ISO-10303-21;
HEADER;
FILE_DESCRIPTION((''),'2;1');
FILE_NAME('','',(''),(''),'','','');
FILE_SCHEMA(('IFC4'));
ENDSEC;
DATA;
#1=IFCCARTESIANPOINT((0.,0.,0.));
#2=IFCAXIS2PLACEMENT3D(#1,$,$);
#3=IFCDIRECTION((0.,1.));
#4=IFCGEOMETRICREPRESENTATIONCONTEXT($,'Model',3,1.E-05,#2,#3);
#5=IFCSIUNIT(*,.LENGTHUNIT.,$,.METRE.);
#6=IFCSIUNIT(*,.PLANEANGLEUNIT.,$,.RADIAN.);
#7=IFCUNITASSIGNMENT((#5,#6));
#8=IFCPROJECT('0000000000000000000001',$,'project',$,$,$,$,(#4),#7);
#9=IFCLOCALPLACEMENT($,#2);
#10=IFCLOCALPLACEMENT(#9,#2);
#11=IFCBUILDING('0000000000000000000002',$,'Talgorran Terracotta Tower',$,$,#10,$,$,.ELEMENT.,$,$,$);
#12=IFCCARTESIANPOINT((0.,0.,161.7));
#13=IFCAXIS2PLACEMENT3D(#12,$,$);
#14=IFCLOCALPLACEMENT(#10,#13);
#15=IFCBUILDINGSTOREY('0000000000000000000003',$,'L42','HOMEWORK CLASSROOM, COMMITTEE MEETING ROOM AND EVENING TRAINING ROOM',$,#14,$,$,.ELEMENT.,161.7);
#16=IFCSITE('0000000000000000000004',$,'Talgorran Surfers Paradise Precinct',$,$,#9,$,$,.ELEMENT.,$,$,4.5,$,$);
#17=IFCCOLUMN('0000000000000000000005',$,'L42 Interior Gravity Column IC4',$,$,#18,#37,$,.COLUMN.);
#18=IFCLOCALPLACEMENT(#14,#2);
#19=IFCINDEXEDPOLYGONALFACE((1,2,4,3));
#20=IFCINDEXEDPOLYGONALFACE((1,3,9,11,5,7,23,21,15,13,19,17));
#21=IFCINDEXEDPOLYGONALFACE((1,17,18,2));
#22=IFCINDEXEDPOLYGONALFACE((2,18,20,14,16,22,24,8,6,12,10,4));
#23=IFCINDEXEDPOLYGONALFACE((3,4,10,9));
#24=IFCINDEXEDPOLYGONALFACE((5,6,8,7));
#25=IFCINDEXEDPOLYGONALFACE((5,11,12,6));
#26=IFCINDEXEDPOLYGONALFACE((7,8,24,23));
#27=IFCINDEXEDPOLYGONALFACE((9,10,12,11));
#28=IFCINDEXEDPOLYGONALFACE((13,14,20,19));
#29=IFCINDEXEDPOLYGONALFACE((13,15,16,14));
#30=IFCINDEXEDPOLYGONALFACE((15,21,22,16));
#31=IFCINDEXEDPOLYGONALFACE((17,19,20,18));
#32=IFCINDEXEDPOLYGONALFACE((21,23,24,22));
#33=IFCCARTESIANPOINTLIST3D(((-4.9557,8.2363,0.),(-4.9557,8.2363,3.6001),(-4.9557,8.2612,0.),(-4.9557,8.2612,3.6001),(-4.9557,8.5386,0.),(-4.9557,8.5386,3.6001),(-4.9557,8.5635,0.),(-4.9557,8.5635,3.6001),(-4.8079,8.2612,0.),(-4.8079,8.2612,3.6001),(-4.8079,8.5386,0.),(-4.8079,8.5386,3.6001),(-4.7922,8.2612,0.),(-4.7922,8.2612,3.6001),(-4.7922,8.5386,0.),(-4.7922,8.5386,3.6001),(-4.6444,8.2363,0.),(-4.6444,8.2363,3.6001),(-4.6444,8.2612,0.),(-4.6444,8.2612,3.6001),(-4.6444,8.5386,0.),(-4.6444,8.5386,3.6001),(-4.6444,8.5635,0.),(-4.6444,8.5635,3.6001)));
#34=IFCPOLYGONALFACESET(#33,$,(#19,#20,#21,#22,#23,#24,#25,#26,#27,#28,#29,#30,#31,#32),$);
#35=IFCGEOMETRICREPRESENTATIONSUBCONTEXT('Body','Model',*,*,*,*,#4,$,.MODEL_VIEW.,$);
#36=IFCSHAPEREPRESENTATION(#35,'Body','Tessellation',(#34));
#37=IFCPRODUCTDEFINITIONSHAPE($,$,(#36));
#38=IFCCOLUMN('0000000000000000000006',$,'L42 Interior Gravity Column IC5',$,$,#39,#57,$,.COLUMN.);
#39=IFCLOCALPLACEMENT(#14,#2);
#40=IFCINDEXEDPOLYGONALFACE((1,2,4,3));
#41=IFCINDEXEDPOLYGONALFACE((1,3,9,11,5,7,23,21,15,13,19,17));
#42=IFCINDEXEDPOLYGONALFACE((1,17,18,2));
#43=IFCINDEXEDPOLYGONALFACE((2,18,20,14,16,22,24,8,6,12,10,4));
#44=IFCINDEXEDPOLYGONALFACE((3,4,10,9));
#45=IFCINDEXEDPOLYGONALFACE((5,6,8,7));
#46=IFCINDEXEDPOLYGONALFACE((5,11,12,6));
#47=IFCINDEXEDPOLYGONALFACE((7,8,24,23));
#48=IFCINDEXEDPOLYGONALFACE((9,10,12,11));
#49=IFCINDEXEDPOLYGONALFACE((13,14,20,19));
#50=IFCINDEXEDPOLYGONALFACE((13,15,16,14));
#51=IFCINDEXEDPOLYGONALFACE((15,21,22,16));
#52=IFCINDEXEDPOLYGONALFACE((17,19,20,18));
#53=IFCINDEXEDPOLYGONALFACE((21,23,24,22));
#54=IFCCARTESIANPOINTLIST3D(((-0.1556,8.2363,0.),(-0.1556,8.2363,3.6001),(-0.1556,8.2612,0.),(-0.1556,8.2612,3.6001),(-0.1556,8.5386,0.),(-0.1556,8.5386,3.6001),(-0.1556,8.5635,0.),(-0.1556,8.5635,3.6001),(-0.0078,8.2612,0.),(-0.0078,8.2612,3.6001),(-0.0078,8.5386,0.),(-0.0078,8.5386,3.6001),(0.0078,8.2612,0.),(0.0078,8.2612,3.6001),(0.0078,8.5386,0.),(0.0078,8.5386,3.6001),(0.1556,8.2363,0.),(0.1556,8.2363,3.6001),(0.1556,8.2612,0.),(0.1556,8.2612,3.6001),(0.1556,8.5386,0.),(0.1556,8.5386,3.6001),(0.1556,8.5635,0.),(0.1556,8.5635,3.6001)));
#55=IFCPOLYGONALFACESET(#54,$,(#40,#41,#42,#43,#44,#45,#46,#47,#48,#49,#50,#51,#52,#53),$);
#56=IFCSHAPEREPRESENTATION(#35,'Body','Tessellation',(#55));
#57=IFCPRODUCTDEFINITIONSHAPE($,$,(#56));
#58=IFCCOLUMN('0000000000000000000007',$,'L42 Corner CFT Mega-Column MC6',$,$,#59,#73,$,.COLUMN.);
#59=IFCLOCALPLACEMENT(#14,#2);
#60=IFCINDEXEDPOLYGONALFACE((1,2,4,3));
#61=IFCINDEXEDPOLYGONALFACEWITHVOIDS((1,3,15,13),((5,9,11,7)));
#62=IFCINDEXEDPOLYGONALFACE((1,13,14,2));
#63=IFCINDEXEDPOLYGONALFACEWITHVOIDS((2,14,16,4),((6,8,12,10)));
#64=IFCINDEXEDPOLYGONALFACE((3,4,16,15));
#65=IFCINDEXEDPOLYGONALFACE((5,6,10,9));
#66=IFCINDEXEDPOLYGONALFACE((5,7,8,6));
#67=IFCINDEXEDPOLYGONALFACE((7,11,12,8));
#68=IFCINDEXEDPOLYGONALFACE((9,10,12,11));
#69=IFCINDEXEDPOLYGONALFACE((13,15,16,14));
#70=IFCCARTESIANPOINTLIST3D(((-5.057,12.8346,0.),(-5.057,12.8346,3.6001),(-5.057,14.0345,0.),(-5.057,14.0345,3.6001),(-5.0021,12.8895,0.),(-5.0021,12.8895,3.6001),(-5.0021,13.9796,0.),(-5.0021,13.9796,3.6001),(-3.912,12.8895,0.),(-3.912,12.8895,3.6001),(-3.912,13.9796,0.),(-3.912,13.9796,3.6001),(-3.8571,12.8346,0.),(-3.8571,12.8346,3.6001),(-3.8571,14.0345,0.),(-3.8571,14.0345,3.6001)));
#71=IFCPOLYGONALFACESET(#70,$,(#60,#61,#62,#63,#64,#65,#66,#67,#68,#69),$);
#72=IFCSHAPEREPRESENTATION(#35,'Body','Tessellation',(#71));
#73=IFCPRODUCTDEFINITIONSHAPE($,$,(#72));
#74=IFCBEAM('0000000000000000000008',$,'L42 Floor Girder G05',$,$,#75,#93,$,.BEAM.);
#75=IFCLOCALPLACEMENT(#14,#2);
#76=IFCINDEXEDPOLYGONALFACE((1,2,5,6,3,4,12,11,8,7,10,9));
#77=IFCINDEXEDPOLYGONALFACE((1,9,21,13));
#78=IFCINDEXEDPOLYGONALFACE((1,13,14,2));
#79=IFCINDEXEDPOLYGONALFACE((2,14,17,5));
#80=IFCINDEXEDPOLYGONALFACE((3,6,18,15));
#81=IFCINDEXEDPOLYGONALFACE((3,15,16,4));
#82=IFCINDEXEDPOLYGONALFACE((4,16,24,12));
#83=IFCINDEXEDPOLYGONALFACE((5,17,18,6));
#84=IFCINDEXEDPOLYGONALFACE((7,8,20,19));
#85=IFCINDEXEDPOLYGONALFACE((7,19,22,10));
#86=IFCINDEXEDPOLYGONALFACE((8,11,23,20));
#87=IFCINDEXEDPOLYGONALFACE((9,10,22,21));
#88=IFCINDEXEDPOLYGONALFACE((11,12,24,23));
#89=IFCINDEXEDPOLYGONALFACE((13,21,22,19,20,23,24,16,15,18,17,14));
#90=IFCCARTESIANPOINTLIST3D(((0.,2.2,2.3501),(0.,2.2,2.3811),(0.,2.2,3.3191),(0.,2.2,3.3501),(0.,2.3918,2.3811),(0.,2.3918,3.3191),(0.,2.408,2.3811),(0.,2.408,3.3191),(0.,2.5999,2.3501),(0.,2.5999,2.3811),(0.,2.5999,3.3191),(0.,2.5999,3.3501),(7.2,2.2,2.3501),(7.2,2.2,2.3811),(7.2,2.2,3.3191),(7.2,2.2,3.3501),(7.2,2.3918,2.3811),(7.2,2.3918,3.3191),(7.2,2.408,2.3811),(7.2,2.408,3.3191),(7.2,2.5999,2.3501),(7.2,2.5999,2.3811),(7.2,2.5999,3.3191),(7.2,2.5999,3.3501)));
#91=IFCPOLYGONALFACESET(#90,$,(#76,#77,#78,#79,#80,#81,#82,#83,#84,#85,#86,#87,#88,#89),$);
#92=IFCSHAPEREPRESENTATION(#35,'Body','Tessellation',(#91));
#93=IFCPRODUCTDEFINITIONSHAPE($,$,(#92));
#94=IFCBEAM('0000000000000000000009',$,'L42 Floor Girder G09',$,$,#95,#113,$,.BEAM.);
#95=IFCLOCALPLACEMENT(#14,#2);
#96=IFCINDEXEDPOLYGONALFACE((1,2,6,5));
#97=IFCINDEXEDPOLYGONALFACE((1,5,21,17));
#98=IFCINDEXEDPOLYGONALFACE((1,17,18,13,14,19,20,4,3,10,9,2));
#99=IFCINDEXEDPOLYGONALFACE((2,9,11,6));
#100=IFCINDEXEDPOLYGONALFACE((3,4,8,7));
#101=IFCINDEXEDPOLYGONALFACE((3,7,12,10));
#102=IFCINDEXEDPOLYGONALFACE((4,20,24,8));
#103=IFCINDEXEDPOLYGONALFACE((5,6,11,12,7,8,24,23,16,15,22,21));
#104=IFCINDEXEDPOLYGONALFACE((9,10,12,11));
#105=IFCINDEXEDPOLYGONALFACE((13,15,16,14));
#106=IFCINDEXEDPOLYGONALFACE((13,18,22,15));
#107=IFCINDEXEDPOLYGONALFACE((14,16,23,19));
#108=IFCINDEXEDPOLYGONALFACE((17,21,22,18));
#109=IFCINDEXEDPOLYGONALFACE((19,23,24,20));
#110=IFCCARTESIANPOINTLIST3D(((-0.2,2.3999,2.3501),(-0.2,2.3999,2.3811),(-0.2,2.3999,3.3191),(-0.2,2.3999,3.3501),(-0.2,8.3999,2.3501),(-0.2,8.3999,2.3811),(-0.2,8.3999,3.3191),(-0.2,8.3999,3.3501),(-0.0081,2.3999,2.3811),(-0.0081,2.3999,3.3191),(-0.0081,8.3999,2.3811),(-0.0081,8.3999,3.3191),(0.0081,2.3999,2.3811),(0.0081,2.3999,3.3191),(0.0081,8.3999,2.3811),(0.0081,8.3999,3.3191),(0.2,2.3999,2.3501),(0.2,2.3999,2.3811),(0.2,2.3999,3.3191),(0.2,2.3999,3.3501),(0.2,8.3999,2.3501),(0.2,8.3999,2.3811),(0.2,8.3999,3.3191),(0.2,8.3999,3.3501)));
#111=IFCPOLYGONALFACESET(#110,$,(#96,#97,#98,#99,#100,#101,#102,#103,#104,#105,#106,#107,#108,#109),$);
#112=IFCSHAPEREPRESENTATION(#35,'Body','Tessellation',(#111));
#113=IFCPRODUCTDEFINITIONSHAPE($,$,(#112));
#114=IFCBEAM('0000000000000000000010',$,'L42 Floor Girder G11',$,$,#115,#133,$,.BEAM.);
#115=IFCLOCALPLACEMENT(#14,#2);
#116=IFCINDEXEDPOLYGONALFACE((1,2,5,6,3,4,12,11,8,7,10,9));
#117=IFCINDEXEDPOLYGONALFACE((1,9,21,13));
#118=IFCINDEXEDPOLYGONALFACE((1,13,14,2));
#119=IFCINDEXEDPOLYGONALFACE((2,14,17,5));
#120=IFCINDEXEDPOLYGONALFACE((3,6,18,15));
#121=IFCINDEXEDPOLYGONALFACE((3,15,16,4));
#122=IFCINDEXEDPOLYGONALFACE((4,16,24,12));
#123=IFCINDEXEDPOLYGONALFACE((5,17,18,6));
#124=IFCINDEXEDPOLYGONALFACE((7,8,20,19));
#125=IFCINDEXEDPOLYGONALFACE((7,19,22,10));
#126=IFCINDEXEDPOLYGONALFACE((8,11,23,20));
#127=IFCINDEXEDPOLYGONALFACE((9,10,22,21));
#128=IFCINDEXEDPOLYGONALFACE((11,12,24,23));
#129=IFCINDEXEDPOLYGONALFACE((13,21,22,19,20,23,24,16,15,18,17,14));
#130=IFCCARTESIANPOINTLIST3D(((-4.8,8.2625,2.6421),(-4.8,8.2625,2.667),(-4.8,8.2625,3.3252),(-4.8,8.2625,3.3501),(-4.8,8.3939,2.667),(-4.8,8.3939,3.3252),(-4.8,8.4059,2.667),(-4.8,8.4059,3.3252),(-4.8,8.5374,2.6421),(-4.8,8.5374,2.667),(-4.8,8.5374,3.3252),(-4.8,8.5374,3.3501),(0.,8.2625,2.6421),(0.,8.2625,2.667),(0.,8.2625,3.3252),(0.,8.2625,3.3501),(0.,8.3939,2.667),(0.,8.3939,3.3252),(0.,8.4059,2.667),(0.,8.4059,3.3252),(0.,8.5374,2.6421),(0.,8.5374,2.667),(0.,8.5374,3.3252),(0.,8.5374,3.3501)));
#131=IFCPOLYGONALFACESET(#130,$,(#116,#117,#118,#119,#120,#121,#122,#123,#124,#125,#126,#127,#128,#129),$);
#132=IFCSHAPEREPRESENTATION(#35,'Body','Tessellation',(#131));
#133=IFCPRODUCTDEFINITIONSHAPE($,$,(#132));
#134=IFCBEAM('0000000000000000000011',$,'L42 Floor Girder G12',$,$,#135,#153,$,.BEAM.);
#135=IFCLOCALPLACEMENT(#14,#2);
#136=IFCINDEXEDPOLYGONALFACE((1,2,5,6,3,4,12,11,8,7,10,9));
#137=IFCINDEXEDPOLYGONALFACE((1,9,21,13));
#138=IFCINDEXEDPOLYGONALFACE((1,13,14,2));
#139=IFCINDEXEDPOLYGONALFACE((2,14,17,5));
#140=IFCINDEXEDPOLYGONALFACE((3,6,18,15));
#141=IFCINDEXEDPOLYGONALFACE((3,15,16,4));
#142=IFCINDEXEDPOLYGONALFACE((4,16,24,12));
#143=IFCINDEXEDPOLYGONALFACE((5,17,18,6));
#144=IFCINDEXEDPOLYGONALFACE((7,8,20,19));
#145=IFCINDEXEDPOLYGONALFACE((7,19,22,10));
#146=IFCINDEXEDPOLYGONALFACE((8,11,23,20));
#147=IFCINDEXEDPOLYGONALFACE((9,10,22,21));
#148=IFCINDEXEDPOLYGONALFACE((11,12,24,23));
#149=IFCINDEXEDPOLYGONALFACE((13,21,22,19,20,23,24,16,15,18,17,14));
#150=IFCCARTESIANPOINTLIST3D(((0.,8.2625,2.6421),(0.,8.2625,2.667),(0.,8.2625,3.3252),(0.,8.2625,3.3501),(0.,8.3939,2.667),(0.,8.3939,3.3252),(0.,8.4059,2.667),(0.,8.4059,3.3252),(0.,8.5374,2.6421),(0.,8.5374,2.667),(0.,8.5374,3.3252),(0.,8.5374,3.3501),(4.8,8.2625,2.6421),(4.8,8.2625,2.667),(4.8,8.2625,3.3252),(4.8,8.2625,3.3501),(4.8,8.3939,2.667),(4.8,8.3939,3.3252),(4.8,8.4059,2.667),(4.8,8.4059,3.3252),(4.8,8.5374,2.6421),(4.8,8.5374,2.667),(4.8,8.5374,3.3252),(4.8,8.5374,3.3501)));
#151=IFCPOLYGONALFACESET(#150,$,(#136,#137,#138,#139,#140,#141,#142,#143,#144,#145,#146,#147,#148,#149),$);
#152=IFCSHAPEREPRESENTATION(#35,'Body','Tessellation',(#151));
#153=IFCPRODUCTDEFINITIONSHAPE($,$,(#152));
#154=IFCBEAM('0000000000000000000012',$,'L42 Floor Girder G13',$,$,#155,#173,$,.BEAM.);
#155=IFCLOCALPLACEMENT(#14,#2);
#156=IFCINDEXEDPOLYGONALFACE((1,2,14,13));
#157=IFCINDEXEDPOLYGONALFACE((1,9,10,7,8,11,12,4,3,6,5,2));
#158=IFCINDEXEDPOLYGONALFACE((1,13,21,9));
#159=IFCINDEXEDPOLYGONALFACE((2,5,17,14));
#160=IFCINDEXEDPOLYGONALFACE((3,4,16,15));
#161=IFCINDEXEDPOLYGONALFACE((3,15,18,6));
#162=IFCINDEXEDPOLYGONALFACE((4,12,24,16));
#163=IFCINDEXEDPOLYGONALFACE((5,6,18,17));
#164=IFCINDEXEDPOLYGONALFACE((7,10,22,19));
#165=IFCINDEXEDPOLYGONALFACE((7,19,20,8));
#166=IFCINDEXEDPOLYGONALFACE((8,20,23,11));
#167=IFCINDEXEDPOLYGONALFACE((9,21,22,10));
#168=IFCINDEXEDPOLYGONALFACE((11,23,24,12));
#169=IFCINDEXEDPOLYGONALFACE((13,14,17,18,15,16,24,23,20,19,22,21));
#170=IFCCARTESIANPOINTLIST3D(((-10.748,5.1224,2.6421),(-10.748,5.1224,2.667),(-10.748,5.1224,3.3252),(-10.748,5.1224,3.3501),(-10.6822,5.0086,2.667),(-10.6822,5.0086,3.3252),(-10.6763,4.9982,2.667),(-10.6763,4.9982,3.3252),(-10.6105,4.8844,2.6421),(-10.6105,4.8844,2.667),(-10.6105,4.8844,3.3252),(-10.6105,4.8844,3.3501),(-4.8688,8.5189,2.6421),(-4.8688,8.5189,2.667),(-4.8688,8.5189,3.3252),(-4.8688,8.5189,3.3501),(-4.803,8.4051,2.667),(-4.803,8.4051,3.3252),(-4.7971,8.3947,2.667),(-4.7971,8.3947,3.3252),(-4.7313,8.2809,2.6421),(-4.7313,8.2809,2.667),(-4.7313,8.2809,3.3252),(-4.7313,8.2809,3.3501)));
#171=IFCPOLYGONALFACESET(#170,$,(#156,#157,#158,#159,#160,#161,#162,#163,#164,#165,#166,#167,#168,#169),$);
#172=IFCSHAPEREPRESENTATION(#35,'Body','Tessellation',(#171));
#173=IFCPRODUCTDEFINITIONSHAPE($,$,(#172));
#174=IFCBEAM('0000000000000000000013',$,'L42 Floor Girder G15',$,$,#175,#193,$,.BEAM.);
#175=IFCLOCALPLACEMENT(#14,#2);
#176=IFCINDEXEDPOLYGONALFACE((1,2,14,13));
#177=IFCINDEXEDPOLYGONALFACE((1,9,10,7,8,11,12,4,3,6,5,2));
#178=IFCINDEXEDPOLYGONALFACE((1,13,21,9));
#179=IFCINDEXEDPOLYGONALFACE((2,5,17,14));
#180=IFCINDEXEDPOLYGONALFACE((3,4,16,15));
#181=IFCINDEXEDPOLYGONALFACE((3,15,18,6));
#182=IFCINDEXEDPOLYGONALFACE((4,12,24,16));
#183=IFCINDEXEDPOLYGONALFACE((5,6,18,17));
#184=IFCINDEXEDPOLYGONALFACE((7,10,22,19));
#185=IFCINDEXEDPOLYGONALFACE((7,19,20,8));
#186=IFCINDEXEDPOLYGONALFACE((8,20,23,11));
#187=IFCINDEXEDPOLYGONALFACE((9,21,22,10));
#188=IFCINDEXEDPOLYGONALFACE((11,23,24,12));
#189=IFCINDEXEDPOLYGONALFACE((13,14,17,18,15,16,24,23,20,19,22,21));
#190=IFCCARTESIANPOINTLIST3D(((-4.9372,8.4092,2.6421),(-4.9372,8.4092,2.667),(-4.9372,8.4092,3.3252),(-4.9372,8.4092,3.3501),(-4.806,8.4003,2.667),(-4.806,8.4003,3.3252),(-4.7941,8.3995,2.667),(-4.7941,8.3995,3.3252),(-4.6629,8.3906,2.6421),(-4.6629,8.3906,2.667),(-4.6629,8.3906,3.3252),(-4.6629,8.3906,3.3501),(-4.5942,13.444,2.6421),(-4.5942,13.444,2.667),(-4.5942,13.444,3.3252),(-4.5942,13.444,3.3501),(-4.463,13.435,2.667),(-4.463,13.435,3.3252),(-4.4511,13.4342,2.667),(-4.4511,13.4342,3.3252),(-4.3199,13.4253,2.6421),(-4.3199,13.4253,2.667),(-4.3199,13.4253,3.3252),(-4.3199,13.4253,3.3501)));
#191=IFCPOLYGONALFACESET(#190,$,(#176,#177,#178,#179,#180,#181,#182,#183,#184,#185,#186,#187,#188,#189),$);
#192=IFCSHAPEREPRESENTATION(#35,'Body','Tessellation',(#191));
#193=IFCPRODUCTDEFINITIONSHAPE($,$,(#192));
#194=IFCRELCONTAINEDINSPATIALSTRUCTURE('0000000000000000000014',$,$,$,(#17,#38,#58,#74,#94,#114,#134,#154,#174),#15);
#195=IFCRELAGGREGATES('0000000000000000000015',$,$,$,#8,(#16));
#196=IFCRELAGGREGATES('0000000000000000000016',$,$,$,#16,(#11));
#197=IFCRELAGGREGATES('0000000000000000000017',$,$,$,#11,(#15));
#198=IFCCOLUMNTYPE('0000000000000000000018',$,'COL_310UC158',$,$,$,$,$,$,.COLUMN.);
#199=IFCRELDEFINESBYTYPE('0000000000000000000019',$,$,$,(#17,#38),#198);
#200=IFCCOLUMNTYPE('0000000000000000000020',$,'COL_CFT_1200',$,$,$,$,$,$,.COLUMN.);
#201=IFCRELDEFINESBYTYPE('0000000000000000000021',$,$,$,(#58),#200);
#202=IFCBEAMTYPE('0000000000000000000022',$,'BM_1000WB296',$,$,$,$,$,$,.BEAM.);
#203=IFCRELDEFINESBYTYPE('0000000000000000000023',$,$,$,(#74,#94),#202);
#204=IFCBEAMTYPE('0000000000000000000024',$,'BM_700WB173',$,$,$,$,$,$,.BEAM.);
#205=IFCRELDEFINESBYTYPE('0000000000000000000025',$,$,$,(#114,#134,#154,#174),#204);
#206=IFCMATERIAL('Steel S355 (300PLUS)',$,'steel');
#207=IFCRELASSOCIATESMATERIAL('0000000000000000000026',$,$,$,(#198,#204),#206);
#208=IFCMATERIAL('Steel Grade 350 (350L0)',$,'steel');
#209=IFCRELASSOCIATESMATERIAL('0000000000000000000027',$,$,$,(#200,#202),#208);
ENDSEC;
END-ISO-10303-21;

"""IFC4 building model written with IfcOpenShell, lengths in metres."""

from ifc_helpers import new_model, si_unit, direction, frame, origin, origin_2d, place, context, subcontext, project, spatial, hollow_rectangle, i_section, extrude, material, material_profile, profile_set, type_object, element, save


model = new_model("IFC4")

# Units and contexts
model_context = context("Model", 3, precision=1e-05, world=origin(), true_north=direction((0.0, 1.0)))
body_context = subcontext(model_context, "Body", "Model", "MODEL_VIEW")
ifc_project = project(units=[si_unit("LENGTHUNIT", "METRE"), si_unit("PLANEANGLEUNIT", "RADIAN")], contexts=[model_context])

# Site, building, storey
site_placement = place(None, origin())
site = spatial("IfcSite", under=ifc_project, at=site_placement, Name="Talgorran Surfers Paradise Precinct", CompositionType="ELEMENT", RefElevation=4.5)
building_placement = place(site_placement, origin())
building = spatial("IfcBuilding", under=site, at=building_placement, Name="Talgorran Terracotta Tower", CompositionType="ELEMENT")
storey_placement = place(building_placement, frame((0.0, 0.0, 161.7)))
storey = spatial("IfcBuildingStorey", under=building, at=storey_placement, Name="L42", Description="HOMEWORK CLASSROOM, COMMITTEE MEETING ROOM AND EVENING TRAINING ROOM", CompositionType="ELEMENT", Elevation=161.7)

# Columns
ifc_material_1 = material(Name="Steel S355 (300PLUS)", Category="steel")
ifc_material_profile_1 = material_profile(ifc_material_1, i_section(OverallWidth=0.3113, OverallDepth=0.3271, WebThickness=0.0156, FlangeThickness=0.0249, at=origin_2d()), Name="310UC158")
ifc_profile_set_1 = profile_set([ifc_material_profile_1], Name="Steel S355 (300PLUS)")
column_type_1 = type_object("IfcColumnType", Name="COL_310UC158", PredefinedType="COLUMN", material=ifc_profile_set_1)
for number, where, z_axis, x_axis, name in (
    (1, (-4.8, 8.3999, 0.0), (0.0, 0.0, 1.0), (1.0, 0.0, 0.0), "L42 Interior Gravity Column IC4"),
    (2, (0.0, 8.3999, 0.0), (0.0, 0.0, 1.0), (1.0, 0.0, 0.0), "L42 Interior Gravity Column IC5"),
):
    element("IfcColumn", number, at=place(storey_placement, frame(where, z_axis=z_axis, x_axis=x_axis)), inside=storey, type_object=column_type_1, Name=name, PredefinedType="COLUMN", context=body_context, shape_type="SweptSolid", body=[
        extrude(i_section(OverallWidth=0.3113, OverallDepth=0.3271, WebThickness=0.0156, FlangeThickness=0.0249, at=origin_2d()), origin(), (0.0, 0.0, 1.0), 3.6001),
    ])
ifc_material_2 = material(Name="Steel Grade 350 (350L0)", Category="steel")
ifc_material_profile_2 = material_profile(ifc_material_2, hollow_rectangle(XDim=1.2, YDim=1.2, WallThickness=0.0549, at=origin_2d()), Name="CFT1200X1200X55")
ifc_profile_set_2 = profile_set([ifc_material_profile_2], Name="Steel Grade 350 (350L0)")
column_type_2 = type_object("IfcColumnType", Name="COL_CFT_1200", PredefinedType="COLUMN", material=ifc_profile_set_2)
column_placement = place(storey_placement, frame((-4.457, 13.4346, 0.0), z_axis=(0.0, 0.0, 1.0), x_axis=(1.0, 0.0, 0.0)))
element("IfcColumn", 3, at=column_placement, inside=storey, type_object=column_type_2, Name="L42 Corner CFT Mega-Column MC6", PredefinedType="COLUMN", context=body_context, shape_type="SweptSolid", body=[
    extrude(hollow_rectangle(XDim=1.2, YDim=1.2, WallThickness=0.0549, at=origin_2d()), origin(), (0.0, 0.0, 1.0), 3.6001),
])

# Beams
ifc_material_profile_3 = material_profile(ifc_material_2, i_section(OverallWidth=0.3999, OverallDepth=1.0, WebThickness=0.0161, FlangeThickness=0.031, at=origin_2d()), Name="1000WB296")
ifc_profile_set_3 = profile_set([ifc_material_profile_3], Name="Steel Grade 350 (350L0)")
beam_type_1 = type_object("IfcBeamType", Name="BM_1000WB296", PredefinedType="BEAM", material=ifc_profile_set_3)
beam_1_placement = place(storey_placement, frame((0.0, 2.3999, 2.8501), z_axis=(1.0, 0.0, 0.0), x_axis=(0.0, 1.0, 0.0)))
element("IfcBeam", 4, at=beam_1_placement, inside=storey, type_object=beam_type_1, Name="L42 Floor Girder G05", PredefinedType="BEAM", context=body_context, shape_type="SweptSolid", body=[
    extrude(i_section(OverallWidth=0.3999, OverallDepth=1.0, WebThickness=0.0161, FlangeThickness=0.031, at=origin_2d()), origin(), (0.0, 0.0, 1.0), 7.2),
])
beam_2_placement = place(storey_placement, frame((0.0, 2.3999, 2.8501), z_axis=(0.0, 1.0, 0.0), x_axis=(-1.0, 0.0, 0.0)))
element("IfcBeam", 5, at=beam_2_placement, inside=storey, type_object=beam_type_1, Name="L42 Floor Girder G09", PredefinedType="BEAM", context=body_context, shape_type="SweptSolid", body=[
    extrude(i_section(OverallWidth=0.3999, OverallDepth=1.0, WebThickness=0.0161, FlangeThickness=0.031, at=origin_2d()), origin(), (0.0, 0.0, 1.0), 6.0),
])
ifc_material_profile_4 = material_profile(ifc_material_1, i_section(OverallWidth=0.2749, OverallDepth=0.708, WebThickness=0.012, FlangeThickness=0.0249, at=origin_2d()), Name="700WB173")
ifc_profile_set_4 = profile_set([ifc_material_profile_4], Name="Steel S355 (300PLUS)")
beam_type_2 = type_object("IfcBeamType", Name="BM_700WB173", PredefinedType="BEAM", material=ifc_profile_set_4)
for number, where, z_axis, x_axis, name in (
    (6, (-4.8, 8.3999, 2.9961), (1.0, 0.0, 0.0), (0.0, 1.0, 0.0), "L42 Floor Girder G11"),
    (7, (0.0, 8.3999, 2.9961), (1.0, 0.0, 0.0), (0.0, 1.0, 0.0), "L42 Floor Girder G12"),
):
    element("IfcBeam", number, at=place(storey_placement, frame(where, z_axis=z_axis, x_axis=x_axis)), inside=storey, type_object=beam_type_2, Name=name, PredefinedType="BEAM", context=body_context, shape_type="SweptSolid", body=[
        extrude(i_section(OverallWidth=0.2749, OverallDepth=0.708, WebThickness=0.012, FlangeThickness=0.0249, at=origin_2d()), origin(), (0.0, 0.0, 1.0), 4.8),
    ])
beam_3_placement = place(storey_placement, frame((-4.8, 8.3999, 2.9961), z_axis=(-0.865888, -0.500238, 0.0), x_axis=(0.500238, -0.865888, 0.0)))
element("IfcBeam", 8, at=beam_3_placement, inside=storey, type_object=beam_type_2, Name="L42 Floor Girder G13", PredefinedType="BEAM", context=body_context, shape_type="SweptSolid", body=[
    extrude(i_section(OverallWidth=0.2749, OverallDepth=0.708, WebThickness=0.012, FlangeThickness=0.0249, at=origin_2d()), origin(), (0.0, 0.0, 1.0), 6.7898),
])
beam_4_placement = place(storey_placement, frame((-4.8, 8.3999, 2.9961), z_axis=(0.067974, 0.997687, 0.0), x_axis=(-0.997687, 0.067974, 0.0)))
element("IfcBeam", 9, at=beam_4_placement, inside=storey, type_object=beam_type_2, Name="L42 Floor Girder G15", PredefinedType="BEAM", context=body_context, shape_type="SweptSolid", body=[
    extrude(i_section(OverallWidth=0.2749, OverallDepth=0.708, WebThickness=0.012, FlangeThickness=0.0249, at=origin_2d()), origin(), (0.0, 0.0, 1.0), 5.0464),
])

save(model, "model.ifc")
